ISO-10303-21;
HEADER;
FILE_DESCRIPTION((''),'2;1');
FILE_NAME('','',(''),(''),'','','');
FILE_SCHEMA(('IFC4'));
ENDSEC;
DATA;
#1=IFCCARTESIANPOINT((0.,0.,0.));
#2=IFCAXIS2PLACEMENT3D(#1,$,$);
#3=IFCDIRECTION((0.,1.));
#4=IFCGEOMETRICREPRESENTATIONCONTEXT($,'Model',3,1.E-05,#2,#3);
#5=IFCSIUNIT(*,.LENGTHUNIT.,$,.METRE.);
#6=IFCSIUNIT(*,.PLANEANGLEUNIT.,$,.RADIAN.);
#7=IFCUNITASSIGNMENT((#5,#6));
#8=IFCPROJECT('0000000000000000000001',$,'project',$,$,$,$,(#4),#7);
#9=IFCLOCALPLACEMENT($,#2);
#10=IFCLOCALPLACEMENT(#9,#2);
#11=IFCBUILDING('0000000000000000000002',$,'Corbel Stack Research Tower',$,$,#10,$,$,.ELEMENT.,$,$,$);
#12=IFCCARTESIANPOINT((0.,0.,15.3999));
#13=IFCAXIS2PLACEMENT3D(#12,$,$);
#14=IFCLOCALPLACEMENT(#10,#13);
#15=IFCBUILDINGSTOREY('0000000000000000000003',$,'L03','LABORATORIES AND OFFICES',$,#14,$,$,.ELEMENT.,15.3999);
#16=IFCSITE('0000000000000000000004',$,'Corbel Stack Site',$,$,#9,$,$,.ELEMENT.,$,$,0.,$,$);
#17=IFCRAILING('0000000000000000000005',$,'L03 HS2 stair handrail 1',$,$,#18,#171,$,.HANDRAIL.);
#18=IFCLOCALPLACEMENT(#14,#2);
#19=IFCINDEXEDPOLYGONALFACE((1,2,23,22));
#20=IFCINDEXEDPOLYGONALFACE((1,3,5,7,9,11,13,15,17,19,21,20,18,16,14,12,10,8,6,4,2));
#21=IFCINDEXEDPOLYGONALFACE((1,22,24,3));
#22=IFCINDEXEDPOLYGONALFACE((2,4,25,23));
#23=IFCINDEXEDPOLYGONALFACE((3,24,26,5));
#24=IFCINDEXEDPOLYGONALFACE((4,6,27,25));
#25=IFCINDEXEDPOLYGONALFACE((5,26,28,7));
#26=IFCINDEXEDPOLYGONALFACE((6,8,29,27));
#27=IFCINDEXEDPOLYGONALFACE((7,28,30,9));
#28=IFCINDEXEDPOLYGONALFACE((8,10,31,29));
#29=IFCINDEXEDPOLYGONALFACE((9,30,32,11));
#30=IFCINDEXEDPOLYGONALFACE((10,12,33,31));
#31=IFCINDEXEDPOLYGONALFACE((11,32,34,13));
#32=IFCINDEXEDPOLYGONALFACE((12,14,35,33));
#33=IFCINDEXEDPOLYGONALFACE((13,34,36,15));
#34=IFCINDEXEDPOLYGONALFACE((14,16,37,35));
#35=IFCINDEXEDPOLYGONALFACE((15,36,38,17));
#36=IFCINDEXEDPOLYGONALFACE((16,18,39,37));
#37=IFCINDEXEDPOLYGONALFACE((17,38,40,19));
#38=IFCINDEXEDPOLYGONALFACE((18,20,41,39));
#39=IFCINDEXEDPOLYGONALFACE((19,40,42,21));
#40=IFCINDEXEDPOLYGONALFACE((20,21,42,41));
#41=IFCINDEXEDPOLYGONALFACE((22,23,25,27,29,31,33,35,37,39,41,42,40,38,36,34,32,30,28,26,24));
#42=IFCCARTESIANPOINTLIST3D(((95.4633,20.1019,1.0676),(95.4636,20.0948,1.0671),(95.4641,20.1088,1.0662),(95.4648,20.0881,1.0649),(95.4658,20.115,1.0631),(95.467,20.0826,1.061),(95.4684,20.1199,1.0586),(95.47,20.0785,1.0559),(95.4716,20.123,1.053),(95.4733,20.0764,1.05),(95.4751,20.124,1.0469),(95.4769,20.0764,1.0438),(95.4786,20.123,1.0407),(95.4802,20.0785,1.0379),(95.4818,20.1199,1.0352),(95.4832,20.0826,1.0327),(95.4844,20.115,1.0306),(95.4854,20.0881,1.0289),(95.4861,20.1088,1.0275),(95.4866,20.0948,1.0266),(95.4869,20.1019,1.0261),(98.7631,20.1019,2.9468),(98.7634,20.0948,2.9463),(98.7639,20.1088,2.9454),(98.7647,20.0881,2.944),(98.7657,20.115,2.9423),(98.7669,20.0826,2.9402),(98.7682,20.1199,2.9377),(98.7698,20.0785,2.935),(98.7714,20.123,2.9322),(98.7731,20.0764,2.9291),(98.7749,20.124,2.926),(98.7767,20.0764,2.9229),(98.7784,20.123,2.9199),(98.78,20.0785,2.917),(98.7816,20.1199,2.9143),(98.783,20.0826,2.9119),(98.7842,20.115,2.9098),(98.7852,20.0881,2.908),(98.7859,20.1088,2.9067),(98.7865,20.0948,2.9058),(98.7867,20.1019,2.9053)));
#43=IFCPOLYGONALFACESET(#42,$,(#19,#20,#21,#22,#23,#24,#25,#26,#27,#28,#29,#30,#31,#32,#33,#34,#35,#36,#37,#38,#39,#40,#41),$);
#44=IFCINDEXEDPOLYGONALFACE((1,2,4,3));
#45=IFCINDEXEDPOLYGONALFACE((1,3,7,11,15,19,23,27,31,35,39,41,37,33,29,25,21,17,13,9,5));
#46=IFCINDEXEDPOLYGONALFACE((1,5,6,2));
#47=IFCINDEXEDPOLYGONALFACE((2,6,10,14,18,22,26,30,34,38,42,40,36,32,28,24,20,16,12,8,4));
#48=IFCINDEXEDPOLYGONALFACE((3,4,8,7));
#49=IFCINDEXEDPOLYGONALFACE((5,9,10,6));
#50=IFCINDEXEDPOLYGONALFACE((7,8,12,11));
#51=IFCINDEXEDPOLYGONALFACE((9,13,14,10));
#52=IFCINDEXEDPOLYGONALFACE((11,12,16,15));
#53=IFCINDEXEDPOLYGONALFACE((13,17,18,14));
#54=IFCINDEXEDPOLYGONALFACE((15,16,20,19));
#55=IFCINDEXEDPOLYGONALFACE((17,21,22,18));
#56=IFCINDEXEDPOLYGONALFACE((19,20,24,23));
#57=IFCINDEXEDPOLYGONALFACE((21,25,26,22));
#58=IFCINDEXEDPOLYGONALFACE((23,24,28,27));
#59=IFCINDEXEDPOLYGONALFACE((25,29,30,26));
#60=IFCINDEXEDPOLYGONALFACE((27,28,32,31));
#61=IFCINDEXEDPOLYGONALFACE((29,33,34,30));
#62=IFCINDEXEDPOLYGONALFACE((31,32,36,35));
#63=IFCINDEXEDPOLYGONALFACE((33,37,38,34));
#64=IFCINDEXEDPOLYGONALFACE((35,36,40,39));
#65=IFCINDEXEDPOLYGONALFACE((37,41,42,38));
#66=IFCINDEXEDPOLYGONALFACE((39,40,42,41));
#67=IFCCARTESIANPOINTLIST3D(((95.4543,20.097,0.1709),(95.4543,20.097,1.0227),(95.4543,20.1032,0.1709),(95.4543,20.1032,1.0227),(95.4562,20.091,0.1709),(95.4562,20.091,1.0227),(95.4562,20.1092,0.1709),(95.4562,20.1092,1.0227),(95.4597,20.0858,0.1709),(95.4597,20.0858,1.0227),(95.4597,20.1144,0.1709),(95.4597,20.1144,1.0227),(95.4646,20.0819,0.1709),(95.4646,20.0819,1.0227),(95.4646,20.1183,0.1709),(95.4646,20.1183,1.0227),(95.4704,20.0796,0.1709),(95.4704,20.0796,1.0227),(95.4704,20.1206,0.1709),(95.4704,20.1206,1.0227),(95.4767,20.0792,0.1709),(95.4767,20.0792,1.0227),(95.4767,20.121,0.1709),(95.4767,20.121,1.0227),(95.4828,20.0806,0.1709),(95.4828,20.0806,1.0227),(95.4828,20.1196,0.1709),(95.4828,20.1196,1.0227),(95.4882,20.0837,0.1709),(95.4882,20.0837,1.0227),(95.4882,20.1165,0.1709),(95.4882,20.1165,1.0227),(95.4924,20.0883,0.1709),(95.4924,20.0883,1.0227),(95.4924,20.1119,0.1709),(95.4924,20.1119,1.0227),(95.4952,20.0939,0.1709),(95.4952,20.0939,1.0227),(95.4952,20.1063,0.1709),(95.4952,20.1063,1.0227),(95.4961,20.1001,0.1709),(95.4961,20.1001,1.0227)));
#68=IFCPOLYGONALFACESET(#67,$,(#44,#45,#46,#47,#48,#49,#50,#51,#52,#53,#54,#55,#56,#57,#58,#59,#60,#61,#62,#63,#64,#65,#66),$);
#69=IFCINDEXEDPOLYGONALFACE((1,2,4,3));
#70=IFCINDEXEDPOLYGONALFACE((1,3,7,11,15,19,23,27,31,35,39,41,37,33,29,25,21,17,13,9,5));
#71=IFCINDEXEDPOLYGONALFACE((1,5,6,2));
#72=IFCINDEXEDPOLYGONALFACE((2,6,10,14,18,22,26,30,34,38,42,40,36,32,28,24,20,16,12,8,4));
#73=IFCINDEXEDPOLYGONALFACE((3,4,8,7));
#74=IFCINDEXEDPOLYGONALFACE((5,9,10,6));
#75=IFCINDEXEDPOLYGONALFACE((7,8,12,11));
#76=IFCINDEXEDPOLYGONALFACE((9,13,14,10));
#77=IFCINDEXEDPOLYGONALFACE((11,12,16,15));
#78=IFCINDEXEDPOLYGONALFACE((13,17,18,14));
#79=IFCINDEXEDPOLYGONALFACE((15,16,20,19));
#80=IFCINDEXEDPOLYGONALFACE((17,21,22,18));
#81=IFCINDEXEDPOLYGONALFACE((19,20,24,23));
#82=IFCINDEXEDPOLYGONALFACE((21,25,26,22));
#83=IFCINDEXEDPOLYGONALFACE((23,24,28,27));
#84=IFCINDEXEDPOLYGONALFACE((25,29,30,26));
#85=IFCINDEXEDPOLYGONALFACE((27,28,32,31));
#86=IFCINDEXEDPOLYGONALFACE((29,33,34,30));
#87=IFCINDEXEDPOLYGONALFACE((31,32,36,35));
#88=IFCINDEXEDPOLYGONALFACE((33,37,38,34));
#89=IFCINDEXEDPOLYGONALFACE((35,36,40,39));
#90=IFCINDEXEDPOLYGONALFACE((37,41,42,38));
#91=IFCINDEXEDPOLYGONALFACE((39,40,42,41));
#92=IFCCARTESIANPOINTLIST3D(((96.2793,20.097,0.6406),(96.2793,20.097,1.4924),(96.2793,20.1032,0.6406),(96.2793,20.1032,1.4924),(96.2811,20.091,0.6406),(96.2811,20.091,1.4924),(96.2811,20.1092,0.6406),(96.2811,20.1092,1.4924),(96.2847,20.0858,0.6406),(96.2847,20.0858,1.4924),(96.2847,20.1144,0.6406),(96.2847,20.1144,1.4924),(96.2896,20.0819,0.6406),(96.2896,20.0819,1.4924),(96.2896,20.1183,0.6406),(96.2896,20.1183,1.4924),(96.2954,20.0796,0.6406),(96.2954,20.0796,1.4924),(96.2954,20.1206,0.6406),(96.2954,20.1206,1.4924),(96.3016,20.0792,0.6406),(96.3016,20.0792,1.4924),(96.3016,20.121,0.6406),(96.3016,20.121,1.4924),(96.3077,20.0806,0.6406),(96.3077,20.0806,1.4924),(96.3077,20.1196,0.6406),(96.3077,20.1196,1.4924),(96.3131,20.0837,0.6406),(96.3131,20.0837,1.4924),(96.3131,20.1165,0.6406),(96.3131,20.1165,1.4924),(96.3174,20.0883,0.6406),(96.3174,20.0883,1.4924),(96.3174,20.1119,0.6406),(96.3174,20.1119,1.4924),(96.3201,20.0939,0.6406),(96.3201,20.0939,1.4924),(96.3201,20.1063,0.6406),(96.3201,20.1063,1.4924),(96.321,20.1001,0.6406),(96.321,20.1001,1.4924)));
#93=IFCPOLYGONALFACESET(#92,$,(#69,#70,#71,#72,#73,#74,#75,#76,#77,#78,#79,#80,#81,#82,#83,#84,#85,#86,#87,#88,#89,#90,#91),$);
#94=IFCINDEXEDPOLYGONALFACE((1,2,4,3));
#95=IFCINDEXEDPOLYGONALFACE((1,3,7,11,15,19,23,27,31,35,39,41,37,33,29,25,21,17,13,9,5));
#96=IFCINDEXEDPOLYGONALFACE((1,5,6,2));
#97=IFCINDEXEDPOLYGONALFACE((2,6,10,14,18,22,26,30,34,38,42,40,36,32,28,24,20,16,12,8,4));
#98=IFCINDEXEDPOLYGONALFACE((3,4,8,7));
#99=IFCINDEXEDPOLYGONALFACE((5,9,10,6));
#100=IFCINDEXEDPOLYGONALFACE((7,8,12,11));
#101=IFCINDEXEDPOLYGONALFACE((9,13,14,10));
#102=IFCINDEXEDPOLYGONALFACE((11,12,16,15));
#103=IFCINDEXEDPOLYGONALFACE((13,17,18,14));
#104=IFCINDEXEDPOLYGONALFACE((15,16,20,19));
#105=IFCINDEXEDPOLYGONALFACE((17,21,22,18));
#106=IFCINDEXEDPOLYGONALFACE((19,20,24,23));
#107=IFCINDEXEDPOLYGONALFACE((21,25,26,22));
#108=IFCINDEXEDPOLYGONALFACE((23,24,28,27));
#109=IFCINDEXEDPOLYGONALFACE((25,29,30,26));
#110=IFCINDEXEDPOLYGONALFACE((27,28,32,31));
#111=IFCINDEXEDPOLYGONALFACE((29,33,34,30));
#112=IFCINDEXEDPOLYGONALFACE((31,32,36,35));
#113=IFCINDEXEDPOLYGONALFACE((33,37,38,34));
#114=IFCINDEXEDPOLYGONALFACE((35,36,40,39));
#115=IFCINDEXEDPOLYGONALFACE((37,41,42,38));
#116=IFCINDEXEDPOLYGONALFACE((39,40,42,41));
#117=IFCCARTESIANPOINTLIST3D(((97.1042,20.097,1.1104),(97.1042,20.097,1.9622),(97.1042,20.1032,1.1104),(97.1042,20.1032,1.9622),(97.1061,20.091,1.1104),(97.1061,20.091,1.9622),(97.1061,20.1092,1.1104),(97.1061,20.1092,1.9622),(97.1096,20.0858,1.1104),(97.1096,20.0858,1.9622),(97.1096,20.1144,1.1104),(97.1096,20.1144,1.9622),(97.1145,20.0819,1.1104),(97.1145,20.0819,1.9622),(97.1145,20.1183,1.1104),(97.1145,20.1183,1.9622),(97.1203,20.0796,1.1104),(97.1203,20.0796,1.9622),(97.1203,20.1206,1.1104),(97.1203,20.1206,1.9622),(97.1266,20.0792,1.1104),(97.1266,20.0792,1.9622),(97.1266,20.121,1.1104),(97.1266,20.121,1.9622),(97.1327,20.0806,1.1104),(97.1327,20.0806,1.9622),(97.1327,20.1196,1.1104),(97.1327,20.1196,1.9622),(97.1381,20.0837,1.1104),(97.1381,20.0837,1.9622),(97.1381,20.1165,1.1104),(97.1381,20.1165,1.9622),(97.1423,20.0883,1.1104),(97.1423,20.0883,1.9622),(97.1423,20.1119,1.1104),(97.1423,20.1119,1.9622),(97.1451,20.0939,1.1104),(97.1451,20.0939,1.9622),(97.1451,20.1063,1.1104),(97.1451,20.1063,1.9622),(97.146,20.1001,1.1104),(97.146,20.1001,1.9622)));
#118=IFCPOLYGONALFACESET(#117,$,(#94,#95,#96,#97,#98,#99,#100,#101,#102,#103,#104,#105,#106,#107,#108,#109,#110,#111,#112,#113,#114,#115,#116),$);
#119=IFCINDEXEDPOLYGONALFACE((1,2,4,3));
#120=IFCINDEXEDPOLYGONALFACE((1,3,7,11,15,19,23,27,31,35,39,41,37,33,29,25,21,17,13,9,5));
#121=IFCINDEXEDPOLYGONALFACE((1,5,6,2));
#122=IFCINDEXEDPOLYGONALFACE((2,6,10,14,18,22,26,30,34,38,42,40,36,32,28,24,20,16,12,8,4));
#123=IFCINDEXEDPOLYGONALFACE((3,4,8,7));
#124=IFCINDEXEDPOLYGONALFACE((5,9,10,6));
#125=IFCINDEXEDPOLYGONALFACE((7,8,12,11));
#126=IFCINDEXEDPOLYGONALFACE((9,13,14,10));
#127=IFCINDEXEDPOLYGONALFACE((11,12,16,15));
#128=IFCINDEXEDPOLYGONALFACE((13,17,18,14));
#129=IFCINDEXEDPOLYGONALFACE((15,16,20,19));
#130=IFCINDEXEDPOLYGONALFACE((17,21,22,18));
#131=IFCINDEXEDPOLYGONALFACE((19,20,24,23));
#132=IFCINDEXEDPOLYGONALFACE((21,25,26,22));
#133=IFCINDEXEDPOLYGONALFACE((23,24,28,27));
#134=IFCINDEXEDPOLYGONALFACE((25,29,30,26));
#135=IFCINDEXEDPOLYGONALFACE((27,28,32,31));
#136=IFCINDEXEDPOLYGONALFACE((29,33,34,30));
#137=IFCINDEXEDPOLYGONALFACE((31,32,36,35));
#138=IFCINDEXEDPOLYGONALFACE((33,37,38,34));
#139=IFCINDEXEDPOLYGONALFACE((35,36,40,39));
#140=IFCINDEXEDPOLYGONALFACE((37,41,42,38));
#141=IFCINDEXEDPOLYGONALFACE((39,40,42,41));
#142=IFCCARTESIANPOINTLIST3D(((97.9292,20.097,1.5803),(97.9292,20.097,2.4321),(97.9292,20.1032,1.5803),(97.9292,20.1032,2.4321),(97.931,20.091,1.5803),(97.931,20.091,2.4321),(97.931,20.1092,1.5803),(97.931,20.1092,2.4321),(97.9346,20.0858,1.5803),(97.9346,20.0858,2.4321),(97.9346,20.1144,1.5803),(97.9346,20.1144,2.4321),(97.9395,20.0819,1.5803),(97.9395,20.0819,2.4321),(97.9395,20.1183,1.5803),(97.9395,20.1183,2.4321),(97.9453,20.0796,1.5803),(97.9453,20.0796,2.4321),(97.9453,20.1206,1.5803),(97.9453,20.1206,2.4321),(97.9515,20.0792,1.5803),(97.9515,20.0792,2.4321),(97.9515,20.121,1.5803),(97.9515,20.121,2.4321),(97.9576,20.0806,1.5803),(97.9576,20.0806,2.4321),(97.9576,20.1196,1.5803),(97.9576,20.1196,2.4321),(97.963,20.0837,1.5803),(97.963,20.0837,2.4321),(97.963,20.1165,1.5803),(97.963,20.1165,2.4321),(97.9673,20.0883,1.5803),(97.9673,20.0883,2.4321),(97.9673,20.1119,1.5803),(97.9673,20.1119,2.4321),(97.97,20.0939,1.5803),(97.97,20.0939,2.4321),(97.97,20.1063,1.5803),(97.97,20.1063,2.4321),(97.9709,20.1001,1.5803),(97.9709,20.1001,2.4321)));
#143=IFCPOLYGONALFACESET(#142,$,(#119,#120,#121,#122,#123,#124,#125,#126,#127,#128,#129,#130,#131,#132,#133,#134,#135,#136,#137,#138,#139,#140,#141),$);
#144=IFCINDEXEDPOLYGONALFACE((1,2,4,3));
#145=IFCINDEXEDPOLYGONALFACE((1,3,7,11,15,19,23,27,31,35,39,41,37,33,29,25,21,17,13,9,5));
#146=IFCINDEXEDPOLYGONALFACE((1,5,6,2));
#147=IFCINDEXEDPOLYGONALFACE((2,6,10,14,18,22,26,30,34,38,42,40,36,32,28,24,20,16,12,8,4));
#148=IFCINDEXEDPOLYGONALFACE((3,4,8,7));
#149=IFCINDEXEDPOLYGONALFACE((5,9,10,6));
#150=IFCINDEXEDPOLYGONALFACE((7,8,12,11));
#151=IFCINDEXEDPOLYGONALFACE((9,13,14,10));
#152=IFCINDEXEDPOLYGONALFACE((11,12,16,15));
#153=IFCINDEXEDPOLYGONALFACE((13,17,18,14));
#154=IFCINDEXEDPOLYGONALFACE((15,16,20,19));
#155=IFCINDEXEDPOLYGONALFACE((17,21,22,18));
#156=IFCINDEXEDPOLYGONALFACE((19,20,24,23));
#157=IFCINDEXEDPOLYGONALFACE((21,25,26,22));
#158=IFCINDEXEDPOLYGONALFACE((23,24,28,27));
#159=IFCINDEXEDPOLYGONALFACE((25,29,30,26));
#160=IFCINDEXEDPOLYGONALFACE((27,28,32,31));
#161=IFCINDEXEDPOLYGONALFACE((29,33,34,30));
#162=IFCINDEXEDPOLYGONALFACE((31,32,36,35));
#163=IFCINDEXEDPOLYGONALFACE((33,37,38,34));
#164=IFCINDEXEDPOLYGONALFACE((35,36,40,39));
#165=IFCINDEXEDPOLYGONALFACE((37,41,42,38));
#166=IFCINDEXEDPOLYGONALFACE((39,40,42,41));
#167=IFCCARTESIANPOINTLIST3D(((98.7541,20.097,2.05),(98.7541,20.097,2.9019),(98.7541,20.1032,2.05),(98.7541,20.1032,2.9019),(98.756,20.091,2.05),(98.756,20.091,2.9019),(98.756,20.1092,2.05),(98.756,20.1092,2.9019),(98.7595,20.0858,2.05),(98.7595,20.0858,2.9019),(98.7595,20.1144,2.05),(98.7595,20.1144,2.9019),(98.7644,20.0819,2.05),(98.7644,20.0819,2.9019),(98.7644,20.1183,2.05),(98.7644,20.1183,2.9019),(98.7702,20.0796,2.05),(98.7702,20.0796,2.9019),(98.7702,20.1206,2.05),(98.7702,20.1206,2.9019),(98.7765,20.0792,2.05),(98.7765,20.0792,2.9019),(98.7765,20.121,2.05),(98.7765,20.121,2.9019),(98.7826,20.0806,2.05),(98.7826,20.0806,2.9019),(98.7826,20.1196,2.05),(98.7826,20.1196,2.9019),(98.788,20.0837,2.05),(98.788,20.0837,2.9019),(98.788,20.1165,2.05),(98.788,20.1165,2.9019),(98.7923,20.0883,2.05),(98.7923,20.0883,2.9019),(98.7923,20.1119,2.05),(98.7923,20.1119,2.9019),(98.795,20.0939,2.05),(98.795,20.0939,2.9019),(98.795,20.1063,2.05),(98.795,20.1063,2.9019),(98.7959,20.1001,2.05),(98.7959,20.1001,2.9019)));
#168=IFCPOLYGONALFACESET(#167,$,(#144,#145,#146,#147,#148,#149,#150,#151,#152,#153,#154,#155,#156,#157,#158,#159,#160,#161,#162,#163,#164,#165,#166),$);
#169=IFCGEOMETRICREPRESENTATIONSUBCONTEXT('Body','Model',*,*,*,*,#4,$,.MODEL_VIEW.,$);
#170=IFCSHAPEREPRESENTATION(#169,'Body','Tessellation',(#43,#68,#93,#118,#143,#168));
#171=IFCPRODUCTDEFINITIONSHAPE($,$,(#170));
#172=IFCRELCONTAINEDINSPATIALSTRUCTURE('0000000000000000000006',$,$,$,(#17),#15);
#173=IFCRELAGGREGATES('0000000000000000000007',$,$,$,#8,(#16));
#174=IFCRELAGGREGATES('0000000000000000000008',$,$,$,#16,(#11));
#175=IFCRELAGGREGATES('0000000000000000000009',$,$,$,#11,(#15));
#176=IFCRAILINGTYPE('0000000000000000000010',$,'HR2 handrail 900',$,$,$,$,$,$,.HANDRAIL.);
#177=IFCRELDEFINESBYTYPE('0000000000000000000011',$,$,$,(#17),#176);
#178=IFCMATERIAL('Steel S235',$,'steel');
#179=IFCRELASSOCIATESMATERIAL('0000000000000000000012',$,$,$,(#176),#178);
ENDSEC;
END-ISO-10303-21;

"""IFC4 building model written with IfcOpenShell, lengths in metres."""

from ifc_helpers import new_model, si_unit, direction, frame, origin, origin_2d, place, context, subcontext, project, spatial, circle, extrude, material, type_object, element, save


model = new_model("IFC4")

# Units and contexts
model_context = context("Model", 3, precision=1e-05, world=origin(), true_north=direction((0.0, 1.0)))
body_context = subcontext(model_context, "Body", "Model", "MODEL_VIEW")
ifc_project = project(units=[si_unit("LENGTHUNIT", "METRE"), si_unit("PLANEANGLEUNIT", "RADIAN")], contexts=[model_context])

# Site, building, storey
site_placement = place(None, origin())
site = spatial("IfcSite", under=ifc_project, at=site_placement, Name="Corbel Stack Site", CompositionType="ELEMENT", RefElevation=0.0)
building_placement = place(site_placement, origin())
building = spatial("IfcBuilding", under=site, at=building_placement, Name="Corbel Stack Research Tower", CompositionType="ELEMENT")
storey_placement = place(building_placement, frame((0.0, 0.0, 15.3999)))
storey = spatial("IfcBuildingStorey", under=building, at=storey_placement, Name="L03", Description="LABORATORIES AND OFFICES", CompositionType="ELEMENT", Elevation=15.3999)

# Railing
ifc_material_1 = material(Name="Steel S235", Category="steel")
railing_type_1 = type_object("IfcRailingType", Name="HR2 handrail 900", PredefinedType="HANDRAIL", material=ifc_material_1)
railing_1_placement = place(storey_placement, frame((95.4751, 20.1001, 0.1709)))
element("IfcRailing", 1, at=railing_1_placement, inside=storey, type_object=railing_type_1, Name="L03 HS2 stair handrail 1", PredefinedType="HANDRAIL", context=body_context, shape_type="SweptSolid", body=[
    extrude(circle(Radius=0.0239, at=origin_2d()), frame((0.0, 0.0, 0.876), z_axis=(0.868974, 0.0, 0.494857), x_axis=(0.0, 1.0, 0.0)), (0.0, 0.0, 1.0), 3.7974),
    extrude(circle(Radius=0.021, at=origin_2d()), origin(), (0.0, 0.0, 1.0), 0.8518),
    extrude(circle(Radius=0.021, at=origin_2d()), frame((0.825, 0.0, 0.4697)), (0.0, 0.0, 1.0), 0.8518),
    extrude(circle(Radius=0.021, at=origin_2d()), frame((1.6499, 0.0, 0.9395)), (0.0, 0.0, 1.0), 0.8518),
    extrude(circle(Radius=0.021, at=origin_2d()), frame((2.4749, 0.0, 1.4094)), (0.0, 0.0, 1.0), 0.8518),
    extrude(circle(Radius=0.021, at=origin_2d()), frame((3.2998, 0.0, 1.8792)), (0.0, 0.0, 1.0), 0.8518),
])

save(model, "model.ifc")
